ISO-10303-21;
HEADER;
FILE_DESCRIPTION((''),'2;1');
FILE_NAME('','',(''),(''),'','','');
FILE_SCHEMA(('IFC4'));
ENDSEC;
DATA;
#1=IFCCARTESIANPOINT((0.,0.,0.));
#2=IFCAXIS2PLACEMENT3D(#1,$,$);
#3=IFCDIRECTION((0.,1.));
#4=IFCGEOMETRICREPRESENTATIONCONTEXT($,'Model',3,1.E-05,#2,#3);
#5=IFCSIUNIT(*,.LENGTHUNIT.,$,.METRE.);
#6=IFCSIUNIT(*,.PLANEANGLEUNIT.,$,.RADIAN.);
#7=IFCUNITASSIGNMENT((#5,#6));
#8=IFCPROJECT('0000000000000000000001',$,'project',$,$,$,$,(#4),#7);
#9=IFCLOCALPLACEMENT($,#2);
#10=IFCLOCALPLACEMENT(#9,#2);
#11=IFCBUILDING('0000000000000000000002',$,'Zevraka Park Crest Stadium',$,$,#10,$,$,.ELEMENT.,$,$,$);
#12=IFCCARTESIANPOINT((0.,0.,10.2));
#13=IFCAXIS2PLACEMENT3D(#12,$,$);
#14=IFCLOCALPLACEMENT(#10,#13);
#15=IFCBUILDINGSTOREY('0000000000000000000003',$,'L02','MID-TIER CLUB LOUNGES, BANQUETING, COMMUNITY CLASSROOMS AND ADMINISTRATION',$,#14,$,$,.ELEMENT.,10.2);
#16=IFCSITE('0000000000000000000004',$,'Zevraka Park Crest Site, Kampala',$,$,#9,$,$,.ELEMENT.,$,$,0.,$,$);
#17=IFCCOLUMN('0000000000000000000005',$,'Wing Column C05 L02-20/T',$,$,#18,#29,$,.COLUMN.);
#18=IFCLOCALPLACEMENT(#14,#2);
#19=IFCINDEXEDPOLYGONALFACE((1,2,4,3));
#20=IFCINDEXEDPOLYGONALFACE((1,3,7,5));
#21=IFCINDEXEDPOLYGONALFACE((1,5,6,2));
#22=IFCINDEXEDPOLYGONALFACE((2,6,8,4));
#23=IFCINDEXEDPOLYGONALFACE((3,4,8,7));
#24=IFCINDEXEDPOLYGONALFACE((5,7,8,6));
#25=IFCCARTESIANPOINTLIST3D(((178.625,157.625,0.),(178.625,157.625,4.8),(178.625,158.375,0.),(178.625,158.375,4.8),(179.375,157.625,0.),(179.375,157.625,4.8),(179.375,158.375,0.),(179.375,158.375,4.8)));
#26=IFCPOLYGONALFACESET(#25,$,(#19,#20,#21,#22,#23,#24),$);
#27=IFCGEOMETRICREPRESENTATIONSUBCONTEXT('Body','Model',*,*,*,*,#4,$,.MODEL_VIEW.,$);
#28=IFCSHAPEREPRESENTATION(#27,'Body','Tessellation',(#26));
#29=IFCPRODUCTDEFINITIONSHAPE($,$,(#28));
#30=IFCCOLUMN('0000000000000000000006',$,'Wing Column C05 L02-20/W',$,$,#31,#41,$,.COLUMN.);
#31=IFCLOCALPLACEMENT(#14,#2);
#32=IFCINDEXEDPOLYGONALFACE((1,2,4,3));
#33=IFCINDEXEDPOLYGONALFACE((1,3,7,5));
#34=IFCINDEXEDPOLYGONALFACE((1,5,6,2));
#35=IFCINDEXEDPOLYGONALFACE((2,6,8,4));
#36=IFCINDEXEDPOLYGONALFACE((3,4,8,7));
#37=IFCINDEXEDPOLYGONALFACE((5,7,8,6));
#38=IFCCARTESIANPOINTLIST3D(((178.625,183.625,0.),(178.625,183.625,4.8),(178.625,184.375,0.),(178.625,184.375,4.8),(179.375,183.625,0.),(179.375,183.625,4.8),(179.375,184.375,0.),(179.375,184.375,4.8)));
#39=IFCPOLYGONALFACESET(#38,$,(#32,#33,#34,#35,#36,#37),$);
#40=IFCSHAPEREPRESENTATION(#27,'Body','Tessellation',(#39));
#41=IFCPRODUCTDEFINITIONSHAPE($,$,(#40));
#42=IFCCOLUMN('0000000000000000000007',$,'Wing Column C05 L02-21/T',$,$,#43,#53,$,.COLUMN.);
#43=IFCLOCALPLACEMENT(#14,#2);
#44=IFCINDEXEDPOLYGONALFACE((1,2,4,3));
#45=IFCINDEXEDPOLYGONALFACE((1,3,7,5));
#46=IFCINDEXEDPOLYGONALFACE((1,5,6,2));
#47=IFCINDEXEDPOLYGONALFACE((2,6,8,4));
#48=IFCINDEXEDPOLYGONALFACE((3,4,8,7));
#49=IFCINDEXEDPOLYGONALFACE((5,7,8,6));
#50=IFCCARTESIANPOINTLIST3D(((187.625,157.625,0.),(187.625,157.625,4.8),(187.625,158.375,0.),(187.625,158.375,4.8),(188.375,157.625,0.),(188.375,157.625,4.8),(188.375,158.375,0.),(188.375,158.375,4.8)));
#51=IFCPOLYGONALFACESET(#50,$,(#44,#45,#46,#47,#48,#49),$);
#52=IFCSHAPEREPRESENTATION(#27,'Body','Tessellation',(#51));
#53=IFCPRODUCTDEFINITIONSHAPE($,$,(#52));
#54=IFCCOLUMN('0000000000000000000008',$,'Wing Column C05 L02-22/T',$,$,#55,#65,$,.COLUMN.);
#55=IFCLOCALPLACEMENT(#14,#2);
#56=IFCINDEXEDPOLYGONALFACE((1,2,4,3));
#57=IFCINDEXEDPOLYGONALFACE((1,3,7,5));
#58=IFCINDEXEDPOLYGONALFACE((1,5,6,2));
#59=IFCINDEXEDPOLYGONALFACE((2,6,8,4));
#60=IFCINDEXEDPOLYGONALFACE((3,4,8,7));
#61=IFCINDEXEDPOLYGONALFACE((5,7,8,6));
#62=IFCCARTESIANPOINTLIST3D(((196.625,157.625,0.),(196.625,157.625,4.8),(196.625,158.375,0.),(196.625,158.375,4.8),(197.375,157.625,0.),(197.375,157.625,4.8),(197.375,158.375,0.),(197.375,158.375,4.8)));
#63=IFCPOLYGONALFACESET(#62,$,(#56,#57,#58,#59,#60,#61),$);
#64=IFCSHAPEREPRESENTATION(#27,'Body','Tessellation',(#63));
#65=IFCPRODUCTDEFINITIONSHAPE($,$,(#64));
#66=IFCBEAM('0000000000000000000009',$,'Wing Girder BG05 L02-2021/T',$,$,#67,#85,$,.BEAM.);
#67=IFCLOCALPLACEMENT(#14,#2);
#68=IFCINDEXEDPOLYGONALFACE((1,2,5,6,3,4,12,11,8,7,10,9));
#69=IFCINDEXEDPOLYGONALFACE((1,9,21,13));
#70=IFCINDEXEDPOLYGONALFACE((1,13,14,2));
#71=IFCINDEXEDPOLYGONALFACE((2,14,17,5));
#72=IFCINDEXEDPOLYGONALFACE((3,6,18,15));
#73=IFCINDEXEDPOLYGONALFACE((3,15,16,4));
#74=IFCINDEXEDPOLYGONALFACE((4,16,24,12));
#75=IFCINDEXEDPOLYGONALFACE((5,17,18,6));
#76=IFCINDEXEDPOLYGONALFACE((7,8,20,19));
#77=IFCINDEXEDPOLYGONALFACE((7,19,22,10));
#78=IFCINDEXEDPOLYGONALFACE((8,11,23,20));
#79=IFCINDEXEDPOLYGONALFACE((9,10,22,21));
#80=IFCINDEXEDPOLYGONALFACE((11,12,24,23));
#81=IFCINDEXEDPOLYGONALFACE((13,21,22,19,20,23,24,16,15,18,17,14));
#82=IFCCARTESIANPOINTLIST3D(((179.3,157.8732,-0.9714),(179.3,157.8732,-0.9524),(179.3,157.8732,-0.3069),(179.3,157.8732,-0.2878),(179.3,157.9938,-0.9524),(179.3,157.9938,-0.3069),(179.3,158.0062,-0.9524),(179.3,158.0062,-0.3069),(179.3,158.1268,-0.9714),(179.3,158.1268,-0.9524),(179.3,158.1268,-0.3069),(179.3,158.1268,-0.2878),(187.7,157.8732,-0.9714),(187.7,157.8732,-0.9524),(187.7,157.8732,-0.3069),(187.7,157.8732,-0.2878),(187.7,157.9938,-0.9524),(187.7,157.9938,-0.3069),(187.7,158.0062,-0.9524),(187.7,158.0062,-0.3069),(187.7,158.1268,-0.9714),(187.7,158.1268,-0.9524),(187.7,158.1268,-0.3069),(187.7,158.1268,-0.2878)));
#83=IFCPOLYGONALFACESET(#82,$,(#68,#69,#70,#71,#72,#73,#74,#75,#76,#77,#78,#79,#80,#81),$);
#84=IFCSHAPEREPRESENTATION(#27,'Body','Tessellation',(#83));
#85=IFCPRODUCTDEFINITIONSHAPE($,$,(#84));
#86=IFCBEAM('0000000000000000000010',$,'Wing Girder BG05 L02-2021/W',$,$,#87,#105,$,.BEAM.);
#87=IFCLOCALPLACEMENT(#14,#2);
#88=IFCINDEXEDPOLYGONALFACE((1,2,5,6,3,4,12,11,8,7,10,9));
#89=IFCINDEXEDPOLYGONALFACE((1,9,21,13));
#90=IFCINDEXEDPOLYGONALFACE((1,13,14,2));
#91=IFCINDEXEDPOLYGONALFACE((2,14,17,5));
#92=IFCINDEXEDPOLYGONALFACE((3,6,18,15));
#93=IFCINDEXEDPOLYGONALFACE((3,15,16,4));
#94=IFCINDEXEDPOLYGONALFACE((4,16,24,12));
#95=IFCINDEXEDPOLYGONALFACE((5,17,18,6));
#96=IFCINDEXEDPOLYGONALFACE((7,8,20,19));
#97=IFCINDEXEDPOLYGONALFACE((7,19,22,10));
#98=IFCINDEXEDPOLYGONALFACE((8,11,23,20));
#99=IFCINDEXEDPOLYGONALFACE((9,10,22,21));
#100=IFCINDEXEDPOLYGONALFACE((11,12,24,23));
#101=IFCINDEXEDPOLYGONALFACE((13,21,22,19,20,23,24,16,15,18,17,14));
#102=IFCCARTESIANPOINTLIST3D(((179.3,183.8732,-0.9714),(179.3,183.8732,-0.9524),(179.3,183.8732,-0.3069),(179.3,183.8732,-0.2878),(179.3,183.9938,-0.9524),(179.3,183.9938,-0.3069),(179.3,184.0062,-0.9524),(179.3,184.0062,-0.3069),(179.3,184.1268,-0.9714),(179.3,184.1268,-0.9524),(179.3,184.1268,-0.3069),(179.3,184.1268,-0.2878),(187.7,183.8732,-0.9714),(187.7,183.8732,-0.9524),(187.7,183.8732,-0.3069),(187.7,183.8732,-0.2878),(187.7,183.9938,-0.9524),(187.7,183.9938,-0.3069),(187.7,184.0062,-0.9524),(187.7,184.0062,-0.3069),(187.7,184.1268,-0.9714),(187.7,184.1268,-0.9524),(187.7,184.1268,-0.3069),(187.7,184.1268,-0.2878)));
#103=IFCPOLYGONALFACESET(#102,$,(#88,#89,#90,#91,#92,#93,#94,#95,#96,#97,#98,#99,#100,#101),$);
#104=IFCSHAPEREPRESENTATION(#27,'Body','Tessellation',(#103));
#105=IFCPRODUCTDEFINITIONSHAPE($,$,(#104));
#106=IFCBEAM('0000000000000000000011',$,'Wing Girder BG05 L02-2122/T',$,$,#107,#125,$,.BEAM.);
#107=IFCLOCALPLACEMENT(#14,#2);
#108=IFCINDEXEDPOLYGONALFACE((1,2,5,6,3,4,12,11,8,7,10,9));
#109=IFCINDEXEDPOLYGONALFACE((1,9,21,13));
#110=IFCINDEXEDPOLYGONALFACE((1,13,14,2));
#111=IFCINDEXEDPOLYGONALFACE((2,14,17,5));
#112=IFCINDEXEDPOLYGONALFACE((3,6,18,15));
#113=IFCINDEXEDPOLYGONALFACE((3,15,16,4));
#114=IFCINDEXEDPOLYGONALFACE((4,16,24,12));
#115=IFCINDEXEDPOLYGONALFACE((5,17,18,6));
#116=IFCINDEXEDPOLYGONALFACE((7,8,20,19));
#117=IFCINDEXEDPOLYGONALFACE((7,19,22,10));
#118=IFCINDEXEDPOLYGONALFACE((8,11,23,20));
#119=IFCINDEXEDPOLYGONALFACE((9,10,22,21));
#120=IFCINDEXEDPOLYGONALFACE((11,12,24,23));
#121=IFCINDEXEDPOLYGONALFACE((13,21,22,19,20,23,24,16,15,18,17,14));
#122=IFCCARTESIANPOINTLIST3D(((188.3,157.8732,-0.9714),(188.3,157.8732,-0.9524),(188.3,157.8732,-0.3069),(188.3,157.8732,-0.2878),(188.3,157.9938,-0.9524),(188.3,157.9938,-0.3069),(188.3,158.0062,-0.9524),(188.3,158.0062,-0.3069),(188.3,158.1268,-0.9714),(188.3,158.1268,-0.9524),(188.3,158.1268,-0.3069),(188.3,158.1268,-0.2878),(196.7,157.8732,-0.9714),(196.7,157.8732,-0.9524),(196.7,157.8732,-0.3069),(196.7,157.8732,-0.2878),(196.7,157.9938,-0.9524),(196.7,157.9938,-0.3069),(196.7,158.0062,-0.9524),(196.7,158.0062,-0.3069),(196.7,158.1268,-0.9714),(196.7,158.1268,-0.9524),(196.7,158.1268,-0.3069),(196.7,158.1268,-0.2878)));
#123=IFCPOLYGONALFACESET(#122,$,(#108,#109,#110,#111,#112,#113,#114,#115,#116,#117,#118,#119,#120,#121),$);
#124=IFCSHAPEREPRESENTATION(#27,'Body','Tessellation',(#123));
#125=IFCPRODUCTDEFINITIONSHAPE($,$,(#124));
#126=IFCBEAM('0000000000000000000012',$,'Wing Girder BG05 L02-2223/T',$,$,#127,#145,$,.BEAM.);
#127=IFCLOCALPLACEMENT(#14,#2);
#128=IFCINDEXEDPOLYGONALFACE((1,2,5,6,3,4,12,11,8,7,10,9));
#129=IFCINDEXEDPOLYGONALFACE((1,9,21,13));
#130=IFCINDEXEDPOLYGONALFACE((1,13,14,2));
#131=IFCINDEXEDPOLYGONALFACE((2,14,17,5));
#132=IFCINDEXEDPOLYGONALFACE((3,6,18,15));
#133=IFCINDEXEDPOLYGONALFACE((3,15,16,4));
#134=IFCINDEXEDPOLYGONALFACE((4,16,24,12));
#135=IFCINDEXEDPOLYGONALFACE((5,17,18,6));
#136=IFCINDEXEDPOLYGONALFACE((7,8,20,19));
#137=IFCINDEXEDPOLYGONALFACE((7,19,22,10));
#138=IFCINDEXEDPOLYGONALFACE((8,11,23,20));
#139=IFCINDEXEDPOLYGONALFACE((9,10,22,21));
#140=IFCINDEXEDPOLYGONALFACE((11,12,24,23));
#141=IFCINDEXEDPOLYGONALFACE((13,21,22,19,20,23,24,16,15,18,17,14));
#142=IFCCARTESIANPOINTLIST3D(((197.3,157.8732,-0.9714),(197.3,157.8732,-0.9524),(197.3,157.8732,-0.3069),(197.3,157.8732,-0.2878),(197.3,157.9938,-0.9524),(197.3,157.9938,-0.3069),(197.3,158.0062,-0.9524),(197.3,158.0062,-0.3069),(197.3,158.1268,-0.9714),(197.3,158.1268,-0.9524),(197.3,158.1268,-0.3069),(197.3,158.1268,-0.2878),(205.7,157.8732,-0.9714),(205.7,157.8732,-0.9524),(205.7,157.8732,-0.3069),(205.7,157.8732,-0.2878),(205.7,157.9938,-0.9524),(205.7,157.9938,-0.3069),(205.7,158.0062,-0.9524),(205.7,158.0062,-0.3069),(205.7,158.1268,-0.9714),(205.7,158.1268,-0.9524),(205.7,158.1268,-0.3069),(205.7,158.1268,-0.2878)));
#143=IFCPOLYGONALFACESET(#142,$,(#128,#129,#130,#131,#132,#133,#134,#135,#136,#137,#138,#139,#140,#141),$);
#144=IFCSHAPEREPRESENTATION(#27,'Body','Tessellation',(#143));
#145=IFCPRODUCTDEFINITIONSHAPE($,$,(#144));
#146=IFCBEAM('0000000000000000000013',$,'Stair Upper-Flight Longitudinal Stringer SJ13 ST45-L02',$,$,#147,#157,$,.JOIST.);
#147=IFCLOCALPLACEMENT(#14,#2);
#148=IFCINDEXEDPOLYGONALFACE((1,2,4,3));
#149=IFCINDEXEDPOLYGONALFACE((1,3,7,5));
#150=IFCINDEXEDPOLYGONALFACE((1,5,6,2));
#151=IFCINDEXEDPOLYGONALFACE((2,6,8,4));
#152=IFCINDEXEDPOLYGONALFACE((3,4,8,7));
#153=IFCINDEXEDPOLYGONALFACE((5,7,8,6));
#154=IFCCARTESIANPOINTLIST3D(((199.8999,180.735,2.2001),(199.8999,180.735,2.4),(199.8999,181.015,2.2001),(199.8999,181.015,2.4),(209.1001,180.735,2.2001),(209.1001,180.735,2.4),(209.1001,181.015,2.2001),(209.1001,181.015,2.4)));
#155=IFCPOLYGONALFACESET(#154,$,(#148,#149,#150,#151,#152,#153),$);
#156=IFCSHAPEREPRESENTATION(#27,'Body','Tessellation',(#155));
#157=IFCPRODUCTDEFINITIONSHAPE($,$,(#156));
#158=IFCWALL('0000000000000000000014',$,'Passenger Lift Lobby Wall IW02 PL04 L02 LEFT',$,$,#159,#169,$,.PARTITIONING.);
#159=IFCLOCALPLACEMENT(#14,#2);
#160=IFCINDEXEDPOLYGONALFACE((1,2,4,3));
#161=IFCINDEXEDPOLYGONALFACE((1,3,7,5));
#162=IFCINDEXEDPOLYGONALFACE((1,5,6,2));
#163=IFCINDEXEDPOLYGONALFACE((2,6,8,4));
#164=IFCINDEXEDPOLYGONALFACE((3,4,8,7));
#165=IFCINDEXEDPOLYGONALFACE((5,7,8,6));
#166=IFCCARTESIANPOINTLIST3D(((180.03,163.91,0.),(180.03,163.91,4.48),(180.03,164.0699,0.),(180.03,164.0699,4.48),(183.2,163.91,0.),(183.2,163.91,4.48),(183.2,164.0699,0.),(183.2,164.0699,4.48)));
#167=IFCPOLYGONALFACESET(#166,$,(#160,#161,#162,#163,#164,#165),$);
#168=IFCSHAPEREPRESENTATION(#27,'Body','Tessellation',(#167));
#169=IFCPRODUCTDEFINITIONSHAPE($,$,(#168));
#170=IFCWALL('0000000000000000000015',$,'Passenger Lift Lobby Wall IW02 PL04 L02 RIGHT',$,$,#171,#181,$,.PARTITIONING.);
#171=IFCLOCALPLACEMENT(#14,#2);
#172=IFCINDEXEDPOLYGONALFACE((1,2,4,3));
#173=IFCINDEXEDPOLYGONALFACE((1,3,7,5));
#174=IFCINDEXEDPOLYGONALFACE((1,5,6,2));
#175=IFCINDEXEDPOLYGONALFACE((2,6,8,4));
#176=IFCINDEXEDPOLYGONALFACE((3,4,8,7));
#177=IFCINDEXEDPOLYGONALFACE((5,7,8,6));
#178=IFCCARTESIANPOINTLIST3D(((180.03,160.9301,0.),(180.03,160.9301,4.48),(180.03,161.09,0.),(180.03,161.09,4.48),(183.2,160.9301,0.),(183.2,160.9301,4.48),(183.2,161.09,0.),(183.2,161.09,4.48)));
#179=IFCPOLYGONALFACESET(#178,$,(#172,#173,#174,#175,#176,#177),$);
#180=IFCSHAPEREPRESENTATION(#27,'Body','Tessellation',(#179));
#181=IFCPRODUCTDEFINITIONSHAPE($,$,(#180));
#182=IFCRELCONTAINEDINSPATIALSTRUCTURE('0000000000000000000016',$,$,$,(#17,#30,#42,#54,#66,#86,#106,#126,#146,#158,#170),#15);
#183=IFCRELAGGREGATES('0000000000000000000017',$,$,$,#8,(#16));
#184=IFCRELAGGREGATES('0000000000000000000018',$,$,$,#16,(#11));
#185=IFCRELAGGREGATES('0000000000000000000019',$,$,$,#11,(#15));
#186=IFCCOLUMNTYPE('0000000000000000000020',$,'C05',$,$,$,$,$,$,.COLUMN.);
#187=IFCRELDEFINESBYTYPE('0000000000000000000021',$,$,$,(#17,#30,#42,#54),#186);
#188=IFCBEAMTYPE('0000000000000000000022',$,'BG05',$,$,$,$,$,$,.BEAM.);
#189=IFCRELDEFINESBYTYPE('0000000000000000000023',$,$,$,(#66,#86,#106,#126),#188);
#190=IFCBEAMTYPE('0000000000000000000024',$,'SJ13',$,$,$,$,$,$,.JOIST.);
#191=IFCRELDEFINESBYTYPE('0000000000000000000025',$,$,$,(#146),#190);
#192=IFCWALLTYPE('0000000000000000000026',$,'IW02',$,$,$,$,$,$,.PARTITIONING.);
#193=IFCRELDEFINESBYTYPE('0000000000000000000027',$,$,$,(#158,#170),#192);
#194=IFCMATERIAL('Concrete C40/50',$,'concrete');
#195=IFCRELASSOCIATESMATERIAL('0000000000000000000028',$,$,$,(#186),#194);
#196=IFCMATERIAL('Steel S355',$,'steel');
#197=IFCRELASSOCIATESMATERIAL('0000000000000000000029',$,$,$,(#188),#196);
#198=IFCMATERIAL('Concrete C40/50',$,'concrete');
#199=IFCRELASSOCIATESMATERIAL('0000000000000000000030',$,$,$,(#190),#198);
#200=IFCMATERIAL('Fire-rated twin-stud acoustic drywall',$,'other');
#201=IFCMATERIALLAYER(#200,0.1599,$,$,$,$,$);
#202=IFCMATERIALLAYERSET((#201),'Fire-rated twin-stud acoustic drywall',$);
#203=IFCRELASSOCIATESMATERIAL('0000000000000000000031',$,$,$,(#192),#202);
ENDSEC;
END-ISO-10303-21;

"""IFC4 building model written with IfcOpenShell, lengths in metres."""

from ifc_helpers import new_model, si_unit, direction, frame, frame_2d, origin, origin_2d, place, context, subcontext, project, spatial, rectangle, i_section, extrude, material, layer, layer_set, material_profile, profile_set, type_object, element, save


model = new_model("IFC4")

# Units and contexts
model_context = context("Model", 3, precision=1e-05, world=origin(), true_north=direction((0.0, 1.0)))
body_context = subcontext(model_context, "Body", "Model", "MODEL_VIEW")
ifc_project = project(units=[si_unit("LENGTHUNIT", "METRE"), si_unit("PLANEANGLEUNIT", "RADIAN")], contexts=[model_context])

# Site, building, storey
site_placement = place(None, origin())
site = spatial("IfcSite", under=ifc_project, at=site_placement, Name="Zevraka Park Crest Site, Kampala", CompositionType="ELEMENT", RefElevation=0.0)
building_placement = place(site_placement, origin())
building = spatial("IfcBuilding", under=site, at=building_placement, Name="Zevraka Park Crest Stadium", CompositionType="ELEMENT")
storey_placement = place(building_placement, frame((0.0, 0.0, 10.2)))
storey = spatial("IfcBuildingStorey", under=building, at=storey_placement, Name="L02", Description="MID-TIER CLUB LOUNGES, BANQUETING, COMMUNITY CLASSROOMS AND ADMINISTRATION", CompositionType="ELEMENT", Elevation=10.2)

# Columns
ifc_material_1 = material(Name="Concrete C40/50", Category="concrete")
ifc_material_profile_1 = material_profile(ifc_material_1, rectangle(XDim=0.75, YDim=0.75, at=origin_2d()), Name="RC 750x750")
ifc_profile_set_1 = profile_set([ifc_material_profile_1], Name="Concrete C40/50")
column_type = type_object("IfcColumnType", Name="C05", PredefinedType="COLUMN", material=ifc_profile_set_1)
for number, where, z_axis, x_axis, name in (
    (1, (179.0, 158.0, 0.0), (0.0, 0.0, 1.0), (1.0, 0.0, 0.0), "Wing Column C05 L02-20/T"),
    (2, (179.0, 184.0, 0.0), (0.0, 0.0, 1.0), (1.0, 0.0, 0.0), "Wing Column C05 L02-20/W"),
    (3, (188.0, 158.0, 0.0), (0.0, 0.0, 1.0), (1.0, 0.0, 0.0), "Wing Column C05 L02-21/T"),
    (4, (197.0, 158.0, 0.0), (0.0, 0.0, 1.0), (1.0, 0.0, 0.0), "Wing Column C05 L02-22/T"),
):
    element("IfcColumn", number, at=place(storey_placement, frame(where, z_axis=z_axis, x_axis=x_axis)), inside=storey, type_object=column_type, Name=name, PredefinedType="COLUMN", context=body_context, shape_type="SweptSolid", body=[
        extrude(rectangle(XDim=0.75, YDim=0.75, at=origin_2d()), origin(), (0.0, 0.0, 1.0), 4.8),
    ])

# Beams
ifc_material_2 = material(Name="Steel S355", Category="steel")
ifc_material_profile_2 = material_profile(ifc_material_2, i_section(OverallWidth=0.2537, OverallDepth=0.6836, WebThickness=0.0125, FlangeThickness=0.019, at=origin_2d()), Name="UKB 686x254x140")
ifc_profile_set_2 = profile_set([ifc_material_profile_2], Name="Steel S355")
beam_type_1 = type_object("IfcBeamType", Name="BG05", PredefinedType="BEAM", material=ifc_profile_set_2)
for number, where, z_axis, x_axis, name in (
    (5, (179.3, 158.0, -0.6296), (1.0, 0.0, 0.0), (0.0, 1.0, 0.0), "Wing Girder BG05 L02-2021/T"),
    (6, (179.3, 184.0, -0.6296), (1.0, 0.0, 0.0), (0.0, 1.0, 0.0), "Wing Girder BG05 L02-2021/W"),
    (7, (188.3, 158.0, -0.6296), (1.0, 0.0, 0.0), (0.0, 1.0, 0.0), "Wing Girder BG05 L02-2122/T"),
    (8, (197.3, 158.0, -0.6296), (1.0, 0.0, 0.0), (0.0, 1.0, 0.0), "Wing Girder BG05 L02-2223/T"),
):
    element("IfcBeam", number, at=place(storey_placement, frame(where, z_axis=z_axis, x_axis=x_axis)), inside=storey, type_object=beam_type_1, Name=name, PredefinedType="BEAM", context=body_context, shape_type="SweptSolid", body=[
        extrude(i_section(OverallWidth=0.2537, OverallDepth=0.6836, WebThickness=0.0125, FlangeThickness=0.019, at=origin_2d()), origin(), (0.0, 0.0, 1.0), 8.3999),
    ])
ifc_material_3 = material(Name="Concrete C40/50", Category="concrete")
ifc_material_profile_3 = material_profile(ifc_material_3, rectangle(XDim=0.28, YDim=0.2, at=origin_2d()), Name="RC 200x280")
ifc_profile_set_3 = profile_set([ifc_material_profile_3], Name="Concrete C40/50")
beam_type_2 = type_object("IfcBeamType", Name="SJ13", PredefinedType="JOIST", material=ifc_profile_set_3)
beam_placement = place(storey_placement, frame((199.8999, 180.875, 2.3), z_axis=(1.0, 0.0, 0.0), x_axis=(0.0, 1.0, 0.0)))
element("IfcBeam", 9, at=beam_placement, inside=storey, type_object=beam_type_2, Name="Stair Upper-Flight Longitudinal Stringer SJ13 ST45-L02", PredefinedType="JOIST", context=body_context, shape_type="SweptSolid", body=[
    extrude(rectangle(XDim=0.28, YDim=0.2, at=origin_2d()), origin(), (0.0, 0.0, 1.0), 9.2002),
])

# Walls
ifc_material_4 = material(Name="Fire-rated twin-stud acoustic drywall", Category="other")
ifc_layer_1 = layer(ifc_material_4, 0.1599)
ifc_layer_set_1 = layer_set([ifc_layer_1], Name="Fire-rated twin-stud acoustic drywall")
wall_type_1 = type_object("IfcWallType", Name="IW02", PredefinedType="PARTITIONING", material=ifc_layer_set_1)
for number, where, z_axis, x_axis, name in (
    (10, (183.2, 163.99, 0.0), (0.0, 0.0, 1.0), (-1.0, 0.0, 0.0), "Passenger Lift Lobby Wall IW02 PL04 L02 LEFT"),
    (11, (183.2, 161.01, 0.0), (0.0, 0.0, 1.0), (-1.0, 0.0, 0.0), "Passenger Lift Lobby Wall IW02 PL04 L02 RIGHT"),
):
    element("IfcWall", number, at=place(storey_placement, frame(where, z_axis=z_axis, x_axis=x_axis)), inside=storey, type_object=wall_type_1, Name=name, PredefinedType="PARTITIONING", context=body_context, shape_type="SweptSolid", body=[
        extrude(rectangle(XDim=3.1699, YDim=0.1599, at=frame_2d((1.585, 0.0))), origin(), (0.0, 0.0, 1.0), 4.48),
    ])

save(model, "model.ifc")
